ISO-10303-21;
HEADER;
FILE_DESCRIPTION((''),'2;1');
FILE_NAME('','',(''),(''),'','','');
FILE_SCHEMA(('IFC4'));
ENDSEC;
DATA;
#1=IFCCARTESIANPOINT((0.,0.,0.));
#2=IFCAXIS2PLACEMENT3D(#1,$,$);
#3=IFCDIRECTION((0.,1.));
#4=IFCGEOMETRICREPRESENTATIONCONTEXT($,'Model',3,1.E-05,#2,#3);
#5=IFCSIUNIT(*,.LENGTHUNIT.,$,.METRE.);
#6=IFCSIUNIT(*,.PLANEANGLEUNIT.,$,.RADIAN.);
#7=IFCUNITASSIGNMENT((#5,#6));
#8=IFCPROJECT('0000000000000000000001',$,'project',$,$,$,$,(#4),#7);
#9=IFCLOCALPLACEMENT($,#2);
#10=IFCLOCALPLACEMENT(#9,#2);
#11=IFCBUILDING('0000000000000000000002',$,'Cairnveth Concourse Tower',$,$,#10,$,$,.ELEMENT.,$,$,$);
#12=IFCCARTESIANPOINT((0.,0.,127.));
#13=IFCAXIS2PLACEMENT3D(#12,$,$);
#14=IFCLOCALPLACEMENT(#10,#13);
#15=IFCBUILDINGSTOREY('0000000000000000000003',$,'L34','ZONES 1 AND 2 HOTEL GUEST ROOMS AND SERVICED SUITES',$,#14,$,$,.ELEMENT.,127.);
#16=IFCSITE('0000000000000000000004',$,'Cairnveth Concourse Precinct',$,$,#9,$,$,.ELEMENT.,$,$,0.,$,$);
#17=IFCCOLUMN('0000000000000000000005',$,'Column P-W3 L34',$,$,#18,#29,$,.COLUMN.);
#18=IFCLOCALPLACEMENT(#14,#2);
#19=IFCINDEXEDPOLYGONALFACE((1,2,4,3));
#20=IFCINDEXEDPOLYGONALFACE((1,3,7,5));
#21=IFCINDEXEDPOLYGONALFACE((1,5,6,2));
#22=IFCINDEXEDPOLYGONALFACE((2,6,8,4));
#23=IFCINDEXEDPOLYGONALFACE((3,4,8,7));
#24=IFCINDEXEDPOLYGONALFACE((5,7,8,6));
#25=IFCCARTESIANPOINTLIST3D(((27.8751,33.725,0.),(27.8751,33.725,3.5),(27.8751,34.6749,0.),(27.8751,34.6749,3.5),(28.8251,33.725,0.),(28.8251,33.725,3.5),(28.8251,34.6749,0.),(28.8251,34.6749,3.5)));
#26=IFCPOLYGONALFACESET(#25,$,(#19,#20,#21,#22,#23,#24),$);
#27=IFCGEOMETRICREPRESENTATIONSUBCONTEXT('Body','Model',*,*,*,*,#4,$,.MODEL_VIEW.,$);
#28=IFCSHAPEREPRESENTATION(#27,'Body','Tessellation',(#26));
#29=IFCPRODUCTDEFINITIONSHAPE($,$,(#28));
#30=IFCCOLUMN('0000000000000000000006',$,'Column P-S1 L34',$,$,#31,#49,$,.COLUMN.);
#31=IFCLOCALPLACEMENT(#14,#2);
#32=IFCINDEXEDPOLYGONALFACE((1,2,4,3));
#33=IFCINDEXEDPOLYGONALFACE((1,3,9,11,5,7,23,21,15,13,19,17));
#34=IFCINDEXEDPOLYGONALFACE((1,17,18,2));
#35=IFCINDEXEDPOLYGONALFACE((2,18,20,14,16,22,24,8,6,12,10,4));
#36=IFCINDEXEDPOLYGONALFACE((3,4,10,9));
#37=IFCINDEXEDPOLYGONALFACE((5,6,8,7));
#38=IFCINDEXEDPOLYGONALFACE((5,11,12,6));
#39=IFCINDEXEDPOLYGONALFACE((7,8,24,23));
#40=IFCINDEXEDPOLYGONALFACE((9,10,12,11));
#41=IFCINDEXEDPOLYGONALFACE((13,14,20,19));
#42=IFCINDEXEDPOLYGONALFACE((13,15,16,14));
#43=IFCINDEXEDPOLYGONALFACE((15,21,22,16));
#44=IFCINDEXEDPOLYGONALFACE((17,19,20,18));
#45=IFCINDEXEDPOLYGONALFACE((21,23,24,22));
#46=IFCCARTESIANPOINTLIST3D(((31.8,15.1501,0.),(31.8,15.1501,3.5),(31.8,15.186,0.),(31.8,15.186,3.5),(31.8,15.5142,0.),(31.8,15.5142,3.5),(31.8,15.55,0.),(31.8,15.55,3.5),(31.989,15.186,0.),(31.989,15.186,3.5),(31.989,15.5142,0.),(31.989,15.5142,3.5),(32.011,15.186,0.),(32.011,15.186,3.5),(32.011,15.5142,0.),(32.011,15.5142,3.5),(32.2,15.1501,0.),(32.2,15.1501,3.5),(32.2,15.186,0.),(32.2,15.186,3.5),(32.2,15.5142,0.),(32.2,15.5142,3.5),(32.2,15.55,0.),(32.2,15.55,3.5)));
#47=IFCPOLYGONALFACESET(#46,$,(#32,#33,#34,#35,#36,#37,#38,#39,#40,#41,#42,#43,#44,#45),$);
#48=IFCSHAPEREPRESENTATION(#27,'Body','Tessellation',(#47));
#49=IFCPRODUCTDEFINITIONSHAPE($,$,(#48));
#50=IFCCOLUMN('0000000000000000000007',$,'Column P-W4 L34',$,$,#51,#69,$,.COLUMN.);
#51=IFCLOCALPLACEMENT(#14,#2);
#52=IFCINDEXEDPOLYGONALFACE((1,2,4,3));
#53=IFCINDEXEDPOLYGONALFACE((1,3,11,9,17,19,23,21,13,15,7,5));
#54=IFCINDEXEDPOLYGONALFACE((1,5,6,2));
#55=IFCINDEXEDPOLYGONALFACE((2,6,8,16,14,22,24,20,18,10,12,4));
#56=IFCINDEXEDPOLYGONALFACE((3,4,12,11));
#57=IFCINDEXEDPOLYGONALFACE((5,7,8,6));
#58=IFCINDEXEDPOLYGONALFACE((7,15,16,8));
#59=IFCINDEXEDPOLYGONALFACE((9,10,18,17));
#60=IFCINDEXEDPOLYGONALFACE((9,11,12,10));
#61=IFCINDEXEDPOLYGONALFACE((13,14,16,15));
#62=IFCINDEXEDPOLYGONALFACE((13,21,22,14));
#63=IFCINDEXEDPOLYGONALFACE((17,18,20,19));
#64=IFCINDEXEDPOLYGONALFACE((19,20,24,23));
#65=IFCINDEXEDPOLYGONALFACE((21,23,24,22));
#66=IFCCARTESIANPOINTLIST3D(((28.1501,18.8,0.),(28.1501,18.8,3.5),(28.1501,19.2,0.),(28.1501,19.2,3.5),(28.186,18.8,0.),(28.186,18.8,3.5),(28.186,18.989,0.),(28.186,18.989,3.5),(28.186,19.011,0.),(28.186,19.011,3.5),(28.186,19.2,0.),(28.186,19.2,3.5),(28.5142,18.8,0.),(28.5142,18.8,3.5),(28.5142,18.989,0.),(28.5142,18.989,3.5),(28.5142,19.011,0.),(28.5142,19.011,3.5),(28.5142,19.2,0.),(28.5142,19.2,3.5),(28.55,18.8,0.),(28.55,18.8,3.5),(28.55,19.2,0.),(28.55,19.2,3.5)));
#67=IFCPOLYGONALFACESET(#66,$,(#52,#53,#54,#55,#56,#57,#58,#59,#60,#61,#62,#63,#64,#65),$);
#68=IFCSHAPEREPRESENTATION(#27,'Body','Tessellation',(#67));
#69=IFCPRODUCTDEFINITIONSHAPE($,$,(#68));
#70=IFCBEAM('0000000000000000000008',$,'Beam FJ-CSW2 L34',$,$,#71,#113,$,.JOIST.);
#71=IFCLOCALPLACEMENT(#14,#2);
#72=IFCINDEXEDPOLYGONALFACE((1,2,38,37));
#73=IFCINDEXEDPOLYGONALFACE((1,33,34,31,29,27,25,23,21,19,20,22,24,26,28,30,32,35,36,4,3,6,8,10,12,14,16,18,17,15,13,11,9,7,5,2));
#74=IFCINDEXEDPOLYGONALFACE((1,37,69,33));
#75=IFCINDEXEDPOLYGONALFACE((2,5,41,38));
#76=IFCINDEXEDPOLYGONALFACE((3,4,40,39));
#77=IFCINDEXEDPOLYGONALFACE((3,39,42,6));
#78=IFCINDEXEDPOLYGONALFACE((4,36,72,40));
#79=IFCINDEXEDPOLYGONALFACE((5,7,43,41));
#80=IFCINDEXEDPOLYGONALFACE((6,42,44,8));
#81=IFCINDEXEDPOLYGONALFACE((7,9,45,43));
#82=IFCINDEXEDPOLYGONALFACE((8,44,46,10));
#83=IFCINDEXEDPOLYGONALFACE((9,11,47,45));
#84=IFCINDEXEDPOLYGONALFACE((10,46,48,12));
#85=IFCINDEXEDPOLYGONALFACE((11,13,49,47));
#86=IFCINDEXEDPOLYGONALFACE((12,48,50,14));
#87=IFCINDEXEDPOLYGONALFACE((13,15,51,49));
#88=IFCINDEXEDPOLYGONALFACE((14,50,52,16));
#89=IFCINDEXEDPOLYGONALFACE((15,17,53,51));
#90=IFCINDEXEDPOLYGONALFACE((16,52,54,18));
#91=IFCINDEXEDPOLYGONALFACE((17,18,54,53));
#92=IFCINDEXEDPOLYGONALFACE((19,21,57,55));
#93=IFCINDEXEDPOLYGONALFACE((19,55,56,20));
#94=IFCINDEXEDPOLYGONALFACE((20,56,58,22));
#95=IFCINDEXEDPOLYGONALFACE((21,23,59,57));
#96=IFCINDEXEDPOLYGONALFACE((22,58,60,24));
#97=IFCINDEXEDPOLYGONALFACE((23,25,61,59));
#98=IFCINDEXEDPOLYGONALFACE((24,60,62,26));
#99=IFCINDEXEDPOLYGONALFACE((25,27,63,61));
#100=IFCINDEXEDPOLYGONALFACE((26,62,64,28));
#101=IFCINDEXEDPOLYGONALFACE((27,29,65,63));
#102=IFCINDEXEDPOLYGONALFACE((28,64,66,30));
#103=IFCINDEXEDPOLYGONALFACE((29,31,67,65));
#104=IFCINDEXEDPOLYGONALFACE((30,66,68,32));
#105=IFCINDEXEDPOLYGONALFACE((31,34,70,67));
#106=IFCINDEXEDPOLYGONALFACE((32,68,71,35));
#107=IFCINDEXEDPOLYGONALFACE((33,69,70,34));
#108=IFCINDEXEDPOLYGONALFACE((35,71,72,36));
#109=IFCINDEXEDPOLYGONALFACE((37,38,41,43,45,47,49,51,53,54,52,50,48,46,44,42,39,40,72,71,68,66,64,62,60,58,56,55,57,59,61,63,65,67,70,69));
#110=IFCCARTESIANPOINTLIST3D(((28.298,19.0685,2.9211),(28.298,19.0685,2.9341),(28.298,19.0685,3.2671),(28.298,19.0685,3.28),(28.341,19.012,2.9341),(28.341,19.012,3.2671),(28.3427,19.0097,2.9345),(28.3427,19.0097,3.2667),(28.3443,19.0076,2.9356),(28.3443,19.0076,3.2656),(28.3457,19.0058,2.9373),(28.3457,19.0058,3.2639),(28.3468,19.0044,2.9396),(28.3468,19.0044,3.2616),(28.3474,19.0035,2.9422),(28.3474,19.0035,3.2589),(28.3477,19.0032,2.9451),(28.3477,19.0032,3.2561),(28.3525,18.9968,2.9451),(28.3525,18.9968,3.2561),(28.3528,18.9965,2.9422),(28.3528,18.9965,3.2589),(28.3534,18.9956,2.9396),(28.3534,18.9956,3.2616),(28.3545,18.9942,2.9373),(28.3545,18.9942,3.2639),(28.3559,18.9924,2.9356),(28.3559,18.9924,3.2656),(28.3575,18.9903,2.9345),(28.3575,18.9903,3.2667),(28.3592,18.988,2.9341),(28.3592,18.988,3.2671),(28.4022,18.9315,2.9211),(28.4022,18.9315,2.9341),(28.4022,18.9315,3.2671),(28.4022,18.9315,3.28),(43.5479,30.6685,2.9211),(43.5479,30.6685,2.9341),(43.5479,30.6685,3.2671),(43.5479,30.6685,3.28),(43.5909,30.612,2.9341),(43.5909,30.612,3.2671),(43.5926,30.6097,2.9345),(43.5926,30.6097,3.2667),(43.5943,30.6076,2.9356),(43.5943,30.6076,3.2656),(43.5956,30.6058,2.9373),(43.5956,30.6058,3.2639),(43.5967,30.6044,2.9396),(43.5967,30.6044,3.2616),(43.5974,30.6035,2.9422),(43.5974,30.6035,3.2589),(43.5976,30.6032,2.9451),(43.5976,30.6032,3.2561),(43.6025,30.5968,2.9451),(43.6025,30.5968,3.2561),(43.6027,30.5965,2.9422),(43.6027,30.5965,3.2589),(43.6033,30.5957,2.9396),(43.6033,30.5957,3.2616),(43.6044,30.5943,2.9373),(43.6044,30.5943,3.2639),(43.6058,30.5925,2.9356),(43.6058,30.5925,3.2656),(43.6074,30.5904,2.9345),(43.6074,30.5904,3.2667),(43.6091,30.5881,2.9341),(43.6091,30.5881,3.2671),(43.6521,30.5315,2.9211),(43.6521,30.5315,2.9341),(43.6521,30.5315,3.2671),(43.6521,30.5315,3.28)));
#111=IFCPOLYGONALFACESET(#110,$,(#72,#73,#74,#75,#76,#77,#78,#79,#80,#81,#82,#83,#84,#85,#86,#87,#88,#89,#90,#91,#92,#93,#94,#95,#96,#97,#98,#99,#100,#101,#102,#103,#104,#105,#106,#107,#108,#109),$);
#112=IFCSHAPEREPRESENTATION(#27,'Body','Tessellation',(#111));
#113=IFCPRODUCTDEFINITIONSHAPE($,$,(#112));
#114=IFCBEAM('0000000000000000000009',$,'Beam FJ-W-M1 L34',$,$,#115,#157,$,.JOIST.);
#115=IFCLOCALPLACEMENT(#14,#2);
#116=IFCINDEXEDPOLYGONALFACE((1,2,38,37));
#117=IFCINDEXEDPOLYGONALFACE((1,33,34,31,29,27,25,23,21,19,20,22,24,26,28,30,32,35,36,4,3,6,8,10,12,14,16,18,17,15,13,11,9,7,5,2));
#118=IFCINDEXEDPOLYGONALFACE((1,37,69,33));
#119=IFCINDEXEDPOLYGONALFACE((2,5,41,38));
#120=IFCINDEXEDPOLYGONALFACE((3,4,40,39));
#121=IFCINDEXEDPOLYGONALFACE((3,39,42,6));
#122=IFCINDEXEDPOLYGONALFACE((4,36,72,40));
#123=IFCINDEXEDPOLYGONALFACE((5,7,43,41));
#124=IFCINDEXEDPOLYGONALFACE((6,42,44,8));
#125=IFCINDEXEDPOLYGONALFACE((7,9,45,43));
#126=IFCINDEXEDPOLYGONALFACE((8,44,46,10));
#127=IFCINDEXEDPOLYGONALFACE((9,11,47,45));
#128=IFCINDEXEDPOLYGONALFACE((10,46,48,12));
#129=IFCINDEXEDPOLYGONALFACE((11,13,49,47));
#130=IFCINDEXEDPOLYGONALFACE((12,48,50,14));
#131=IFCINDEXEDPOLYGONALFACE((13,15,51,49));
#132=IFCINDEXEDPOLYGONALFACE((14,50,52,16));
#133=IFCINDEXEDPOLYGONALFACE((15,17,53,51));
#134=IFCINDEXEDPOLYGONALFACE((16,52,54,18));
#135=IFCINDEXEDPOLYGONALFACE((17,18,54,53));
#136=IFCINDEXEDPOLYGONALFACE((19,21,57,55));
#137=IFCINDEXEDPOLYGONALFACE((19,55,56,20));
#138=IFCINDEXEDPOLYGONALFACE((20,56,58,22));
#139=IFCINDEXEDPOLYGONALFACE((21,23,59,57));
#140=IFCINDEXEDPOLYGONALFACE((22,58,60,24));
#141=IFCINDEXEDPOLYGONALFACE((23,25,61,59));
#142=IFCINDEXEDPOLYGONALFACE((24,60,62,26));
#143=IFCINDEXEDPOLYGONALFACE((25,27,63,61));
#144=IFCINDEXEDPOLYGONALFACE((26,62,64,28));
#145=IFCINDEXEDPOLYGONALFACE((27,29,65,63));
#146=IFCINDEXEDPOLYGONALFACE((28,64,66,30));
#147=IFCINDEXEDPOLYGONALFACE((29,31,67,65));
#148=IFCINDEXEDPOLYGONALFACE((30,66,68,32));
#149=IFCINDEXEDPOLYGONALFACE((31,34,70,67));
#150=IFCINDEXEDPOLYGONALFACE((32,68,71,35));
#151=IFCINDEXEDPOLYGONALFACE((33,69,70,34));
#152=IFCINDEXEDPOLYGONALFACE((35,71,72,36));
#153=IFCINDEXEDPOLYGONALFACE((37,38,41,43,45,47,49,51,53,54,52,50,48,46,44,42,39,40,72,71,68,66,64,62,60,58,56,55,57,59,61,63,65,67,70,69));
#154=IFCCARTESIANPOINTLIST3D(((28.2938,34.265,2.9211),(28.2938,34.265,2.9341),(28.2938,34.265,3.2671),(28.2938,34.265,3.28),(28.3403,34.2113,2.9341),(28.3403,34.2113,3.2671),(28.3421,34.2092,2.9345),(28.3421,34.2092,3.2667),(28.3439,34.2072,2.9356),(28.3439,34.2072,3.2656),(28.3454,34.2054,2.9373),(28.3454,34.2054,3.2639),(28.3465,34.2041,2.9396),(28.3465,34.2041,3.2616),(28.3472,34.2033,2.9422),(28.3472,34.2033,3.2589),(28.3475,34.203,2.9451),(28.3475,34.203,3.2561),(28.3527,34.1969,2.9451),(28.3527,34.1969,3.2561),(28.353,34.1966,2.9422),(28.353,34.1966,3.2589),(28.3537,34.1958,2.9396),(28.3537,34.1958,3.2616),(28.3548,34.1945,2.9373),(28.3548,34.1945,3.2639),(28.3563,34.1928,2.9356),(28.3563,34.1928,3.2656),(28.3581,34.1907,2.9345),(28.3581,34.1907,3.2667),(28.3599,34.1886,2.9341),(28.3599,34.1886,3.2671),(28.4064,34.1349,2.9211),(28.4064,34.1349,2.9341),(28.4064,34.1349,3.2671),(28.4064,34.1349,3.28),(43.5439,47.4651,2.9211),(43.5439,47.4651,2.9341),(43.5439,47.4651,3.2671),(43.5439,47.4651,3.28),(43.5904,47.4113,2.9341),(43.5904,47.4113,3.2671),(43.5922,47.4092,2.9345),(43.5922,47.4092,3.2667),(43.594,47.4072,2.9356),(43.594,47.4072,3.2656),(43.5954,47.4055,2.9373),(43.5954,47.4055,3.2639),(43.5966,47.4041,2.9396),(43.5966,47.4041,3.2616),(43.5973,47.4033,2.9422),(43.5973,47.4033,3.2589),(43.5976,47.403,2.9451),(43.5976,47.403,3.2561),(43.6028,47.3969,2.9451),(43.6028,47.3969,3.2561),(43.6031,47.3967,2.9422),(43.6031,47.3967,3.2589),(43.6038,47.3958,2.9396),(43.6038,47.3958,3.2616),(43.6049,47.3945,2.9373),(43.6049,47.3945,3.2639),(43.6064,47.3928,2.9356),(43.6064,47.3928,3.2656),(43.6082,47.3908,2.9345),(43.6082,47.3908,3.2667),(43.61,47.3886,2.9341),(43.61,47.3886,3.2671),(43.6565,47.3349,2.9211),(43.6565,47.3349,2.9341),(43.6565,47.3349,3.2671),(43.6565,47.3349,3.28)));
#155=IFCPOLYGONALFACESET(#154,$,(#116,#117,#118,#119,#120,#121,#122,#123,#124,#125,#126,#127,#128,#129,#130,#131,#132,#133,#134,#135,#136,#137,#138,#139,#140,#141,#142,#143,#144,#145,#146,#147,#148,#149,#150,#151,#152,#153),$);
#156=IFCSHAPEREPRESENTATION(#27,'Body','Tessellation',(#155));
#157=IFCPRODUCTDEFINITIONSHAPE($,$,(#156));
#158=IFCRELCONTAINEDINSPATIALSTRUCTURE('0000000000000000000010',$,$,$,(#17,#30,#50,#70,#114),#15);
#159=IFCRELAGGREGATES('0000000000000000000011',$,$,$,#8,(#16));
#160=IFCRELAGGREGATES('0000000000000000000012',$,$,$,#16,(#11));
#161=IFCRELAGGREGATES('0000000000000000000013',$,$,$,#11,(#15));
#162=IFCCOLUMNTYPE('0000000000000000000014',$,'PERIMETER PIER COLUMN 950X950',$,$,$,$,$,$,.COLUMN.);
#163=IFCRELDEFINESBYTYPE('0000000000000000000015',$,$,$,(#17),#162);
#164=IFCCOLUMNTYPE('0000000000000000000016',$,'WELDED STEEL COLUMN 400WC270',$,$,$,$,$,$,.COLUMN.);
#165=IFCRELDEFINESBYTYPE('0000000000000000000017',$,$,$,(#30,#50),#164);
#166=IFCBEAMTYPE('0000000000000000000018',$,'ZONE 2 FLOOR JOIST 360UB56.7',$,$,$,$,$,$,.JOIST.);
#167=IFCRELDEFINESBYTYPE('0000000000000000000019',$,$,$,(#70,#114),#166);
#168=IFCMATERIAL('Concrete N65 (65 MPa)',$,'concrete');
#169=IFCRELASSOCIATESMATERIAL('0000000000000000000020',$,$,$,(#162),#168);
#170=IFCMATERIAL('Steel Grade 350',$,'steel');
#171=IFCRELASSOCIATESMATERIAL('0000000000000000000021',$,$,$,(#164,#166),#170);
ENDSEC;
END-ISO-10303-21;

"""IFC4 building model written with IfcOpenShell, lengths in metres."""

from ifc_helpers import new_model, si_unit, direction, frame, origin, origin_2d, place, context, subcontext, project, spatial, rectangle, i_section, extrude, material, material_profile, profile_set, type_object, element, save


model = new_model("IFC4")

# Units and contexts
model_context = context("Model", 3, precision=1e-05, world=origin(), true_north=direction((0.0, 1.0)))
body_context = subcontext(model_context, "Body", "Model", "MODEL_VIEW")
ifc_project = project(units=[si_unit("LENGTHUNIT", "METRE"), si_unit("PLANEANGLEUNIT", "RADIAN")], contexts=[model_context])

# Site, building, storey
site_placement = place(None, origin())
site = spatial("IfcSite", under=ifc_project, at=site_placement, Name="Cairnveth Concourse Precinct", CompositionType="ELEMENT", RefElevation=0.0)
building_placement = place(site_placement, origin())
building = spatial("IfcBuilding", under=site, at=building_placement, Name="Cairnveth Concourse Tower", CompositionType="ELEMENT")
storey_placement = place(building_placement, frame((0.0, 0.0, 127.0)))
storey = spatial("IfcBuildingStorey", under=building, at=storey_placement, Name="L34", Description="ZONES 1 AND 2 HOTEL GUEST ROOMS AND SERVICED SUITES", CompositionType="ELEMENT", Elevation=127.0)

# Columns
ifc_material_1 = material(Name="Concrete N65 (65 MPa)", Category="concrete")
ifc_material_profile_1 = material_profile(ifc_material_1, rectangle(XDim=0.95, YDim=0.95, at=origin_2d()), Name="RC-COL-950x950")
ifc_profile_set_1 = profile_set([ifc_material_profile_1], Name="Concrete N65 (65 MPa)")
column_type_1 = type_object("IfcColumnType", Name="PERIMETER PIER COLUMN 950X950", PredefinedType="COLUMN", material=ifc_profile_set_1)
column_placement = place(storey_placement, frame((28.3501, 34.2, 0.0), z_axis=(0.0, 0.0, 1.0), x_axis=(0.0, 1.0, 0.0)))
element("IfcColumn", 1, at=column_placement, inside=storey, type_object=column_type_1, Name="Column P-W3 L34", PredefinedType="COLUMN", context=body_context, shape_type="SweptSolid", body=[
    extrude(rectangle(XDim=0.95, YDim=0.95, at=origin_2d()), origin(), (0.0, 0.0, 1.0), 3.5),
])
ifc_material_2 = material(Name="Steel Grade 350", Category="steel")
ifc_material_profile_2 = material_profile(ifc_material_2, i_section(OverallWidth=0.3999, OverallDepth=0.3999, WebThickness=0.022, FlangeThickness=0.0359, at=origin_2d()), Name="400WC270")
ifc_profile_set_2 = profile_set([ifc_material_profile_2], Name="Steel Grade 350")
column_type_2 = type_object("IfcColumnType", Name="WELDED STEEL COLUMN 400WC270", PredefinedType="COLUMN", material=ifc_profile_set_2)
for number, where, z_axis, x_axis, name in (
    (2, (32.0, 15.3501, 0.0), (0.0, 0.0, 1.0), (1.0, 0.0, 0.0), "Column P-S1 L34"),
    (3, (28.3501, 19.0, 0.0), (0.0, 0.0, 1.0), (0.0, 1.0, 0.0), "Column P-W4 L34"),
):
    element("IfcColumn", number, at=place(storey_placement, frame(where, z_axis=z_axis, x_axis=x_axis)), inside=storey, type_object=column_type_2, Name=name, PredefinedType="COLUMN", context=body_context, shape_type="SweptSolid", body=[
        extrude(i_section(OverallWidth=0.3999, OverallDepth=0.3999, WebThickness=0.022, FlangeThickness=0.0359, at=origin_2d()), origin(), (0.0, 0.0, 1.0), 3.5),
    ])

# Beams
ifc_material_profile_3 = material_profile(ifc_material_2, i_section(OverallWidth=0.1721, OverallDepth=0.3589, WebThickness=0.0081, FlangeThickness=0.0129, FilletRadius=0.011, at=origin_2d()), Name="360UB56.7")
ifc_profile_set_3 = profile_set([ifc_material_profile_3], Name="Steel Grade 350")
beam_type_1 = type_object("IfcBeamType", Name="ZONE 2 FLOOR JOIST 360UB56.7", PredefinedType="JOIST", material=ifc_profile_set_3)
beam_1_placement = place(storey_placement, frame((28.3501, 19.0, 3.1006), z_axis=(0.795908, 0.605417, 0.0), x_axis=(-0.605417, 0.795908, 0.0)))
element("IfcBeam", 4, at=beam_1_placement, inside=storey, type_object=beam_type_1, Name="Beam FJ-CSW2 L34", PredefinedType="JOIST", context=body_context, shape_type="SweptSolid", body=[
    extrude(i_section(OverallWidth=0.1721, OverallDepth=0.3589, WebThickness=0.0081, FlangeThickness=0.0129, FilletRadius=0.011, at=origin_2d()), origin(), (0.0, 0.0, 1.0), 19.1604),
])
beam_2_placement = place(storey_placement, frame((28.3501, 34.2, 3.1006), z_axis=(0.756099, 0.654457, 0.0), x_axis=(-0.654457, 0.756099, 0.0)))
element("IfcBeam", 5, at=beam_2_placement, inside=storey, type_object=beam_type_1, Name="Beam FJ-W-M1 L34", PredefinedType="JOIST", context=body_context, shape_type="SweptSolid", body=[
    extrude(i_section(OverallWidth=0.1721, OverallDepth=0.3589, WebThickness=0.0081, FlangeThickness=0.0129, FilletRadius=0.011, at=origin_2d()), origin(), (0.0, 0.0, 1.0), 20.1694),
])

save(model, "model.ifc")
